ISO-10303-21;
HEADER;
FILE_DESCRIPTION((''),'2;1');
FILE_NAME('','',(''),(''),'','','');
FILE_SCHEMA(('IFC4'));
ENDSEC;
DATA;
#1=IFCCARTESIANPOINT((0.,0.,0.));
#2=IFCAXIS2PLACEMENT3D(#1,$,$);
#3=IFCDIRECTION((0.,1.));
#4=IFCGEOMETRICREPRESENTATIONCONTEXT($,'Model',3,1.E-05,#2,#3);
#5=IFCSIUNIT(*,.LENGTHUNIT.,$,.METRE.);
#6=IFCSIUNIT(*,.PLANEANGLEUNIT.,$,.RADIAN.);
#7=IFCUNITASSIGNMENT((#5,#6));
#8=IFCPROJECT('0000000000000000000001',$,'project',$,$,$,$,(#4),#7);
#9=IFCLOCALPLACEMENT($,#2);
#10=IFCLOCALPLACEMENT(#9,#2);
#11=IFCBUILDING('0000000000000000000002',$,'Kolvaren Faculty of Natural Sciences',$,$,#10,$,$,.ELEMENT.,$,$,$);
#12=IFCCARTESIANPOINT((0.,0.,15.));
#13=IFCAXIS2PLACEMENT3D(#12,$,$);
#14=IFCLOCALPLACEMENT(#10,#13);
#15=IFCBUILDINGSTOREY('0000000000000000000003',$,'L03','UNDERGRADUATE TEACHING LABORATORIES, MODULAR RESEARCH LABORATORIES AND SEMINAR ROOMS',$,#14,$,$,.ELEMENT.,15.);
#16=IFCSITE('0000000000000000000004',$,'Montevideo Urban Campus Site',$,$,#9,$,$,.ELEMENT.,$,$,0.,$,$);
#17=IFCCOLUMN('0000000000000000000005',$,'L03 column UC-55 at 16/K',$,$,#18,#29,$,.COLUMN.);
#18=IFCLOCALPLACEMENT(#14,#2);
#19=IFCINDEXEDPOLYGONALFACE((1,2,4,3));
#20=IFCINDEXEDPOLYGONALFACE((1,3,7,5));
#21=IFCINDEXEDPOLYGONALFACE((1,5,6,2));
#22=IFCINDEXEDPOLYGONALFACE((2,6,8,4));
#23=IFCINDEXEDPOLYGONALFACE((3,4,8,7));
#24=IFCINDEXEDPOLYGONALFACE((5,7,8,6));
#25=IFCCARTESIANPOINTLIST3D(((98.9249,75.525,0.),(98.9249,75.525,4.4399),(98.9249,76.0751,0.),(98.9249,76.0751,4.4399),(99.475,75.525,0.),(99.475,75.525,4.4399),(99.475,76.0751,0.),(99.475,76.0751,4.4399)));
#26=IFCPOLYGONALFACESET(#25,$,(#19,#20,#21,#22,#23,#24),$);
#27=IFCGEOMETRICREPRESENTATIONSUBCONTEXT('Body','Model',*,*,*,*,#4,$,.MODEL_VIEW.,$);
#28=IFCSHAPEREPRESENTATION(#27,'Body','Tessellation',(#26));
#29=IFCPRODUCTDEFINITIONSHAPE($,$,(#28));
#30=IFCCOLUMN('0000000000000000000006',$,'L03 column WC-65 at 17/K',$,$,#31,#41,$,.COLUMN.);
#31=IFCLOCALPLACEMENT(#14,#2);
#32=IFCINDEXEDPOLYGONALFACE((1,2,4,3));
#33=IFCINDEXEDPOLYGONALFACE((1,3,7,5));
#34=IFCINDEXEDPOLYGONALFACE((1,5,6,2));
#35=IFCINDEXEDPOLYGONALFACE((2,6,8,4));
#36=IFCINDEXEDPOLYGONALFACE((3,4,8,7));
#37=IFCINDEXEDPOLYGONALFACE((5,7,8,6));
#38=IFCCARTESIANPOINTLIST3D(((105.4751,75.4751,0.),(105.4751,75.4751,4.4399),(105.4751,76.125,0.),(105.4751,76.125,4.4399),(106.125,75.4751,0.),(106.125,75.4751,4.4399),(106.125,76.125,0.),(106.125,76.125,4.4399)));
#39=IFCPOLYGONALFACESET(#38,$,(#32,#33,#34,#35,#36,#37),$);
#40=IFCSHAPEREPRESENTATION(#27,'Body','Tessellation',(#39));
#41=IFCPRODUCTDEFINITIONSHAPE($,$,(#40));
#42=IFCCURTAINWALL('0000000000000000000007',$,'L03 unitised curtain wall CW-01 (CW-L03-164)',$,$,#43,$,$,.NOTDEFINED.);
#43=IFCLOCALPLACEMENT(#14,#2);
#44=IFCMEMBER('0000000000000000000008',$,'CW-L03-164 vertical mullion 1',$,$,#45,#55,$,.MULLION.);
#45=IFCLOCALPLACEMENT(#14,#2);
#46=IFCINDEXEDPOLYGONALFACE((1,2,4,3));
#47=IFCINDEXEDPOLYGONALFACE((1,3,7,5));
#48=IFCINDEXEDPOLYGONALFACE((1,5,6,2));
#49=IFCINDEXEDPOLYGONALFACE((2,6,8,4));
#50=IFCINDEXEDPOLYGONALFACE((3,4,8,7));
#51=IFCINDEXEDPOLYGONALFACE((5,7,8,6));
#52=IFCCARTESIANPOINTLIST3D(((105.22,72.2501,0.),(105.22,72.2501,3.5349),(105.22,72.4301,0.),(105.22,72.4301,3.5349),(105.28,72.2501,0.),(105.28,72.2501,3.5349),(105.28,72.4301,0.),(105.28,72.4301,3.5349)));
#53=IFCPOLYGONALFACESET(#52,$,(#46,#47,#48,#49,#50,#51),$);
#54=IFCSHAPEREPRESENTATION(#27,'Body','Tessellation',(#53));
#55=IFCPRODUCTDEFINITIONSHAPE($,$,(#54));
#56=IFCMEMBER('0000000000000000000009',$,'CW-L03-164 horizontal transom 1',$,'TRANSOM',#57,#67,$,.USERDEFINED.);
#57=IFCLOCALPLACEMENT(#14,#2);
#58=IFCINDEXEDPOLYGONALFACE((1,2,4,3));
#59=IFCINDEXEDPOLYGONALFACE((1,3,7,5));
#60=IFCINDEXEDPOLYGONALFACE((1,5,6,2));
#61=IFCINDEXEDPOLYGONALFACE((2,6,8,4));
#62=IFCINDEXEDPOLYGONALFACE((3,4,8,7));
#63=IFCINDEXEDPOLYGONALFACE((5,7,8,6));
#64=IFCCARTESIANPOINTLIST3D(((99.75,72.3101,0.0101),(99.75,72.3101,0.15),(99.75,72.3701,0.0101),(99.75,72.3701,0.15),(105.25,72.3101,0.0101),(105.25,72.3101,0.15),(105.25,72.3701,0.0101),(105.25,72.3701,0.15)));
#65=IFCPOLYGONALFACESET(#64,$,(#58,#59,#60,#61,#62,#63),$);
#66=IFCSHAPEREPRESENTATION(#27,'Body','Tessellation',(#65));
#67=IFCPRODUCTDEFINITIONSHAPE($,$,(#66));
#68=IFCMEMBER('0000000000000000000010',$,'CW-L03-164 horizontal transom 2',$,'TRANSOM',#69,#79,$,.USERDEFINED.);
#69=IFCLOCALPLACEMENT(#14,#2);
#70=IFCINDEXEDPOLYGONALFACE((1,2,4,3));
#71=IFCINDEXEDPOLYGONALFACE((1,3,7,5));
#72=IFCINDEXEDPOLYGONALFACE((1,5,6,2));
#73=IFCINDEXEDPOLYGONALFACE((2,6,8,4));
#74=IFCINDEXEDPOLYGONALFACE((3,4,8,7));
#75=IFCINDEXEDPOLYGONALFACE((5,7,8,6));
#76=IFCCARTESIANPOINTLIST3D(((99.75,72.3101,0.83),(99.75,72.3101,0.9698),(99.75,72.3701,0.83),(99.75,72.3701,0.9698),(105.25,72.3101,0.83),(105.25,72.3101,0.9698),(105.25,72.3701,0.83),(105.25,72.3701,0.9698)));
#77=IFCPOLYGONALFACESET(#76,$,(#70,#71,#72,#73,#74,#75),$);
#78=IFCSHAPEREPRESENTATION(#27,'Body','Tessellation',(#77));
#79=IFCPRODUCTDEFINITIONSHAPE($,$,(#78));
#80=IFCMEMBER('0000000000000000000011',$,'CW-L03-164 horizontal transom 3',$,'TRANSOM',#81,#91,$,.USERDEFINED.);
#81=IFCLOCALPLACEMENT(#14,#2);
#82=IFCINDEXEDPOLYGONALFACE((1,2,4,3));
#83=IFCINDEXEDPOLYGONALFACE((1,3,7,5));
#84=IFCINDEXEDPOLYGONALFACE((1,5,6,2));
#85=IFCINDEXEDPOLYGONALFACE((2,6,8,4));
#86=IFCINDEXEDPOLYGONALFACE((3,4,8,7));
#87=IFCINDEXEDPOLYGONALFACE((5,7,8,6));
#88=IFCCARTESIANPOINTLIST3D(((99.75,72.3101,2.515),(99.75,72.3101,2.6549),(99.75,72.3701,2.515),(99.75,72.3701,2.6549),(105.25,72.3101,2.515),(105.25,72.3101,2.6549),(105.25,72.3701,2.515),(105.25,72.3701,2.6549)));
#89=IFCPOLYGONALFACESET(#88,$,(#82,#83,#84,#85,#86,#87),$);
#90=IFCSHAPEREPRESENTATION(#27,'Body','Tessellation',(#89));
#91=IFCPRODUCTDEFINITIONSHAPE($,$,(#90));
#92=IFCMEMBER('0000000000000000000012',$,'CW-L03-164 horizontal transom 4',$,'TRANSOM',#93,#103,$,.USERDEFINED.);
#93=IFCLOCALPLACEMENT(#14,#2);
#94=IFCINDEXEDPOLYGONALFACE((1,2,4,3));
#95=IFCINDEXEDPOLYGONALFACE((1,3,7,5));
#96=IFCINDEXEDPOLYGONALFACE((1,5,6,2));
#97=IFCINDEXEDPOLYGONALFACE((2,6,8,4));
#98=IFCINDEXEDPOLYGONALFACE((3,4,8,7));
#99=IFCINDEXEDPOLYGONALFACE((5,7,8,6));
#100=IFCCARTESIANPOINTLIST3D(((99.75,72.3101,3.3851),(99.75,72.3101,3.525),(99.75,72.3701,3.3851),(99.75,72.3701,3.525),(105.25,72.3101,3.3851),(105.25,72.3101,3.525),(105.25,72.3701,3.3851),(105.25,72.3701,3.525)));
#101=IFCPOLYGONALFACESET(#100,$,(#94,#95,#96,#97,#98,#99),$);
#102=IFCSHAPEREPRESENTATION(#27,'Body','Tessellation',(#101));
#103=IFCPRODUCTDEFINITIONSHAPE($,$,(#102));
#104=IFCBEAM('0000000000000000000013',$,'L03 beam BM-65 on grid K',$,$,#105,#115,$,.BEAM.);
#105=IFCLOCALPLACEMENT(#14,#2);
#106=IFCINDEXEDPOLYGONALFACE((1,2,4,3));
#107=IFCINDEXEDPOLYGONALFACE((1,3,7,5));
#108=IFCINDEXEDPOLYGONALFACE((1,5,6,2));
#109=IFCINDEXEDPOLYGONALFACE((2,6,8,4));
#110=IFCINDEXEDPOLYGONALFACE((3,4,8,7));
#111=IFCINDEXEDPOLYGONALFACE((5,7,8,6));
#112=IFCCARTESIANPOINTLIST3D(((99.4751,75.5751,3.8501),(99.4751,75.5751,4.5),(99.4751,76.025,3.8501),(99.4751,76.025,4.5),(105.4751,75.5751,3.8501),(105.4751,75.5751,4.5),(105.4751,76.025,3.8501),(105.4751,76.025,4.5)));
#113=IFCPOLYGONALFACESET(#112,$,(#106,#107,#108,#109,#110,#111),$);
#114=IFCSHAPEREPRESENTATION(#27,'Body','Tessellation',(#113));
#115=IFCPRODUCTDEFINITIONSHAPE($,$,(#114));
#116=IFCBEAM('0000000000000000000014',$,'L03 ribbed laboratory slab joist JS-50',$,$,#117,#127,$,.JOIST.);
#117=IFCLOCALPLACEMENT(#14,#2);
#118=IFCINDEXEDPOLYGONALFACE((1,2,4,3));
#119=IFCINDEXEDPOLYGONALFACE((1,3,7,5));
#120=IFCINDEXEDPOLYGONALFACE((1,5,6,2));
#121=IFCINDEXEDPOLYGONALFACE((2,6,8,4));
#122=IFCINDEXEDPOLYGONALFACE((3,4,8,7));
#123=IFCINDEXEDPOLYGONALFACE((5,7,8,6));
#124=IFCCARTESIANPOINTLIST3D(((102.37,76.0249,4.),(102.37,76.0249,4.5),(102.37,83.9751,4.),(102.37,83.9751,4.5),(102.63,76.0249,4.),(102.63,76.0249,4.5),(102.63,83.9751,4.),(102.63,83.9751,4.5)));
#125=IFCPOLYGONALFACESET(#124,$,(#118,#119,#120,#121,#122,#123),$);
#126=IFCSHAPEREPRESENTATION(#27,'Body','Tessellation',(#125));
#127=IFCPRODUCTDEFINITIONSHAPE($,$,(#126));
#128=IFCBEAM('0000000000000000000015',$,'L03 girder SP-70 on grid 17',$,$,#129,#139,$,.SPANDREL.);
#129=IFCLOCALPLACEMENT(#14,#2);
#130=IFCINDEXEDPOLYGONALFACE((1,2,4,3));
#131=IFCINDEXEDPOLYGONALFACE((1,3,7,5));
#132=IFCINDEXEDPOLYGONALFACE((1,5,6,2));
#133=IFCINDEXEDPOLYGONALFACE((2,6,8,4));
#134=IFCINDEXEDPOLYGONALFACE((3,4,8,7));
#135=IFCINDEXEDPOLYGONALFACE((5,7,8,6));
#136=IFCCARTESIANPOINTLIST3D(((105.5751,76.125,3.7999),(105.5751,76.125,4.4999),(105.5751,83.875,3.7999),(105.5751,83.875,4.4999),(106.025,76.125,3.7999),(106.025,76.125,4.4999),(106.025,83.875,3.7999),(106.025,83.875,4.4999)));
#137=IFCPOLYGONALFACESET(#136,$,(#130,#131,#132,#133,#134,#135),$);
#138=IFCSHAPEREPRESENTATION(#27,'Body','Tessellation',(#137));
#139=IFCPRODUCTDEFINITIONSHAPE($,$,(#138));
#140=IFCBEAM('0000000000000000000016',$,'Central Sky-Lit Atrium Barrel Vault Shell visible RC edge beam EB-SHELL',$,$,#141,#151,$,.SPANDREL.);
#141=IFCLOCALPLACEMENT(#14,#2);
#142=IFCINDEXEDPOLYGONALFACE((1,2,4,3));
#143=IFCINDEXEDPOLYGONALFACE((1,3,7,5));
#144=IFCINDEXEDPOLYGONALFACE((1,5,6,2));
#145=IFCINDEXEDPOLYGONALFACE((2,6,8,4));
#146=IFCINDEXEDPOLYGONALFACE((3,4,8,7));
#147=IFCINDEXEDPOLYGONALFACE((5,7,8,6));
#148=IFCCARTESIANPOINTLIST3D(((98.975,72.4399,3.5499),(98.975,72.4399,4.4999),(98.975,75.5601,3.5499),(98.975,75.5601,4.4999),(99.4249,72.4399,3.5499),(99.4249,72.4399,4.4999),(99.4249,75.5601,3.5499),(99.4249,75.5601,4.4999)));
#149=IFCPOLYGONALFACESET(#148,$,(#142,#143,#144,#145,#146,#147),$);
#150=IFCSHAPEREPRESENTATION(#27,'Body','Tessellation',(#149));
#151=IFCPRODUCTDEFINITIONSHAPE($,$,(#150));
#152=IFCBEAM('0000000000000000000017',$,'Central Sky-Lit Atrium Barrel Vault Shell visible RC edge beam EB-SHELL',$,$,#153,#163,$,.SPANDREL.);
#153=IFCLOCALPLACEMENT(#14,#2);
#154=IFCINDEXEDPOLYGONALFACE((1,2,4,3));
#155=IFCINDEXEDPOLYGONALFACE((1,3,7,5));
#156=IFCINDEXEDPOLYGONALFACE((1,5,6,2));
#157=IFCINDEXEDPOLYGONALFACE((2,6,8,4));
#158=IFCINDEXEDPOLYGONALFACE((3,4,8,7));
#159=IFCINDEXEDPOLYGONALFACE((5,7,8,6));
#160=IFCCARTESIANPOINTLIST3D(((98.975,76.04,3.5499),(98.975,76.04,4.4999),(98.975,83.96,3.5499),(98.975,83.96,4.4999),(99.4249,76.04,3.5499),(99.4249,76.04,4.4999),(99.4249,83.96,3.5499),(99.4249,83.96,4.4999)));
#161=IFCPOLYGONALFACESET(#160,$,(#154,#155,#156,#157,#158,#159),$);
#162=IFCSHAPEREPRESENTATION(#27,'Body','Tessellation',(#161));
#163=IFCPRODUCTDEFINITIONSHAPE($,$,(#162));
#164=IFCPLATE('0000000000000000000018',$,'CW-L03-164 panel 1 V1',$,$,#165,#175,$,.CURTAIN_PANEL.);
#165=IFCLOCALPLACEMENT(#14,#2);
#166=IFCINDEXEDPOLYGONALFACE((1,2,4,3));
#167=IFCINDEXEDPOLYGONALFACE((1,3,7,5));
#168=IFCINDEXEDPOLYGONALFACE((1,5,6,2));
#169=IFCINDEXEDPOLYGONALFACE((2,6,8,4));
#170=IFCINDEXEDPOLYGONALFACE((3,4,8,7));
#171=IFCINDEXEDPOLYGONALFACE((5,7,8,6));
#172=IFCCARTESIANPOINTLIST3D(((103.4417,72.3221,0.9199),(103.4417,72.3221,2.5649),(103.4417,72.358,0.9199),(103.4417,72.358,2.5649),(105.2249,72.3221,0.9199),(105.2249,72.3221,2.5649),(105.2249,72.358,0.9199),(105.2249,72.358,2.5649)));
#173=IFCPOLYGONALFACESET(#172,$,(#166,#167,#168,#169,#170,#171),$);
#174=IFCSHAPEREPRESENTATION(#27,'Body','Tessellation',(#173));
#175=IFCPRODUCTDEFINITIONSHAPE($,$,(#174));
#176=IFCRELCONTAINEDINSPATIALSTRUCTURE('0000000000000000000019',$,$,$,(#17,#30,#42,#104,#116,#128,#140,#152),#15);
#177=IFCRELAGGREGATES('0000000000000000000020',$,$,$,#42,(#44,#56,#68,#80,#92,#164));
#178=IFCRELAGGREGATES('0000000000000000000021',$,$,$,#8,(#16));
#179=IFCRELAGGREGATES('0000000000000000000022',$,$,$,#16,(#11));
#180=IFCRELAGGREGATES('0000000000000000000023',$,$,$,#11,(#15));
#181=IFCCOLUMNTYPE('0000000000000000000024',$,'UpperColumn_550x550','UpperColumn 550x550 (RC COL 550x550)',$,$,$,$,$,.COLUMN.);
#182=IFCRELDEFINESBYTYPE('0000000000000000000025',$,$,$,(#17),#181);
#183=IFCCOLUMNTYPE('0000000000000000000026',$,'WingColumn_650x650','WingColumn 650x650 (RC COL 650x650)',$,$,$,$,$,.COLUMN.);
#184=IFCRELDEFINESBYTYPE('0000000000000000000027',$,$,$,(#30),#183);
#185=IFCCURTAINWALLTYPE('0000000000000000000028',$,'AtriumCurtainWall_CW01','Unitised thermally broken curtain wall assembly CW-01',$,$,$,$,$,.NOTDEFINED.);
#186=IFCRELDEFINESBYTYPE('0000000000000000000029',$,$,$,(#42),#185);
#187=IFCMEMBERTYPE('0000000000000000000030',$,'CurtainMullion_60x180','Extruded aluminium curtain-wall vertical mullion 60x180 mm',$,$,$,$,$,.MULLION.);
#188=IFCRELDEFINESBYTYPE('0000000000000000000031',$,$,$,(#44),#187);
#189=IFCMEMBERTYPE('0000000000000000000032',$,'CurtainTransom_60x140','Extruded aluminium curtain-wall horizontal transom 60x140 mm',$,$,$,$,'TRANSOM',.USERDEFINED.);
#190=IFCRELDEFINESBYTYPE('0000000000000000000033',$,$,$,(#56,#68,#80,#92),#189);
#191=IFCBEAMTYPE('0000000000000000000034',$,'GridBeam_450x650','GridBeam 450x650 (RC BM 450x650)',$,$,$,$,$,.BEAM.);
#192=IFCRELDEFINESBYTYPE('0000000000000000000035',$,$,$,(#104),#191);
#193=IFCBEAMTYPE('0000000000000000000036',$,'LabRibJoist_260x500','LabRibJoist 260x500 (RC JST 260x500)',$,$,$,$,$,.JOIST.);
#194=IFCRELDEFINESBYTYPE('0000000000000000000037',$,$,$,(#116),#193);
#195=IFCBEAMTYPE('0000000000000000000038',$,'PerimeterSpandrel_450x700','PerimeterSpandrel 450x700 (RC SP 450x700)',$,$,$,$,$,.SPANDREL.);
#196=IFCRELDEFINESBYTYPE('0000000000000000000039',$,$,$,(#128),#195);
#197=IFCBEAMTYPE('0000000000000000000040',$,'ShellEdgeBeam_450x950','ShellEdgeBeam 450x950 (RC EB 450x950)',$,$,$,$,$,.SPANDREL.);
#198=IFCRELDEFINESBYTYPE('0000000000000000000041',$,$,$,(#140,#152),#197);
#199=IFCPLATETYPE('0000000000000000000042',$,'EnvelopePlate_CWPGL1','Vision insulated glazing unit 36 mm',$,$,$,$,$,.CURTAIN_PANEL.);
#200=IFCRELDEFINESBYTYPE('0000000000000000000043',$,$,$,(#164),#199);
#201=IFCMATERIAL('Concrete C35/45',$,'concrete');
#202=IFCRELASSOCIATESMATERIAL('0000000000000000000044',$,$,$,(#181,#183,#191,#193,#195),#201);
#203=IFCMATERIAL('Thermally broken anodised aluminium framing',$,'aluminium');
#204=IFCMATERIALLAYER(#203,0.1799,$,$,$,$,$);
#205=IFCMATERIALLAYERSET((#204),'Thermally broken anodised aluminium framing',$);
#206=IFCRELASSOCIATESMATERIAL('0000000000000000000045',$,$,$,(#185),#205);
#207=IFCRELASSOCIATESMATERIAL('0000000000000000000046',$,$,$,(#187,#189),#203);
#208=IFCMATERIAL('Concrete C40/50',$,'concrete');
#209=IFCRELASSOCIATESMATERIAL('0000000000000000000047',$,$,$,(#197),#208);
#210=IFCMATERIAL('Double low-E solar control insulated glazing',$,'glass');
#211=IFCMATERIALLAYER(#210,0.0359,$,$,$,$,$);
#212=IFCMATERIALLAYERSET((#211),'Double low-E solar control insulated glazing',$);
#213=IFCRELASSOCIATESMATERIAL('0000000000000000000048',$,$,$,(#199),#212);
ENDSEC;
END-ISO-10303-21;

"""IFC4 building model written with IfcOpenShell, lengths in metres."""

from ifc_helpers import new_model, si_unit, direction, frame, origin, origin_2d, place, context, subcontext, project, spatial, rectangle, extrude, material, layer, layer_set, material_profile, profile_set, type_object, element, aggregate, save


model = new_model("IFC4")

# Units and contexts
model_context = context("Model", 3, precision=1e-05, world=origin(), true_north=direction((0.0, 1.0)))
body_context = subcontext(model_context, "Body", "Model", "MODEL_VIEW")
ifc_project = project(units=[si_unit("LENGTHUNIT", "METRE"), si_unit("PLANEANGLEUNIT", "RADIAN")], contexts=[model_context])

# Site, building, storey
site_placement = place(None, origin())
site = spatial("IfcSite", under=ifc_project, at=site_placement, Name="Montevideo Urban Campus Site", CompositionType="ELEMENT", RefElevation=0.0)
building_placement = place(site_placement, origin())
building = spatial("IfcBuilding", under=site, at=building_placement, Name="Kolvaren Faculty of Natural Sciences", CompositionType="ELEMENT")
storey_placement = place(building_placement, frame((0.0, 0.0, 15.0)))
storey = spatial("IfcBuildingStorey", under=building, at=storey_placement, Name="L03", Description="UNDERGRADUATE TEACHING LABORATORIES, MODULAR RESEARCH LABORATORIES AND SEMINAR ROOMS", CompositionType="ELEMENT", Elevation=15.0)

# Columns
ifc_material_1 = material(Name="Concrete C35/45", Category="concrete")
ifc_material_profile_1 = material_profile(ifc_material_1, rectangle(XDim=0.55, YDim=0.55, at=origin_2d()), Name="RC COL 550x550")
ifc_profile_set_1 = profile_set([ifc_material_profile_1], Name="Concrete C35/45")
column_type_1 = type_object("IfcColumnType", Name="UpperColumn_550x550", Description="UpperColumn 550x550 (RC COL 550x550)", PredefinedType="COLUMN", material=ifc_profile_set_1)
column_1_placement = place(storey_placement, frame((99.2, 75.8, 0.0), z_axis=(0.0, 0.0, 1.0), x_axis=(1.0, 0.0, 0.0)))
element("IfcColumn", 1, at=column_1_placement, inside=storey, type_object=column_type_1, Name="L03 column UC-55 at 16/K", PredefinedType="COLUMN", context=body_context, shape_type="SweptSolid", body=[
    extrude(rectangle(XDim=0.55, YDim=0.55, at=origin_2d()), origin(), (0.0, 0.0, 1.0), 4.4399),
])
ifc_material_profile_2 = material_profile(ifc_material_1, rectangle(XDim=0.6499, YDim=0.6499, at=origin_2d()), Name="RC COL 650x650")
ifc_profile_set_2 = profile_set([ifc_material_profile_2], Name="Concrete C35/45")
column_type_2 = type_object("IfcColumnType", Name="WingColumn_650x650", Description="WingColumn 650x650 (RC COL 650x650)", PredefinedType="COLUMN", material=ifc_profile_set_2)
column_2_placement = place(storey_placement, frame((105.8, 75.8, 0.0), z_axis=(0.0, 0.0, 1.0), x_axis=(1.0, 0.0, 0.0)))
element("IfcColumn", 2, at=column_2_placement, inside=storey, type_object=column_type_2, Name="L03 column WC-65 at 17/K", PredefinedType="COLUMN", context=body_context, shape_type="SweptSolid", body=[
    extrude(rectangle(XDim=0.6499, YDim=0.6499, at=origin_2d()), origin(), (0.0, 0.0, 1.0), 4.4399),
])

# Curtain wall, members
ifc_material_2 = material(Name="Thermally broken anodised aluminium framing", Category="aluminium")
ifc_layer_1 = layer(ifc_material_2, 0.1799)
ifc_layer_set_1 = layer_set([ifc_layer_1], Name="Thermally broken anodised aluminium framing")
curtain_wall_type = type_object("IfcCurtainWallType", Name="AtriumCurtainWall_CW01", Description="Unitised thermally broken curtain wall assembly CW-01", PredefinedType="NOTDEFINED", material=ifc_layer_set_1)
curtain_wall_placement = place(storey_placement, origin())
curtain_wall = element("IfcCurtainWall", 3, at=curtain_wall_placement, inside=storey, type_object=curtain_wall_type, Name="L03 unitised curtain wall CW-01 (CW-L03-164)", PredefinedType="NOTDEFINED")
ifc_material_profile_3 = material_profile(ifc_material_2, rectangle(XDim=0.0601, YDim=0.1799, at=origin_2d()), Name="ALU MUL 60x180")
ifc_profile_set_3 = profile_set([ifc_material_profile_3], Name="Thermally broken anodised aluminium framing")
member_type_1 = type_object("IfcMemberType", Name="CurtainMullion_60x180", Description="Extruded aluminium curtain-wall vertical mullion 60x180 mm", PredefinedType="MULLION", material=ifc_profile_set_3)
member_1_placement = place(storey_placement, frame((105.25, 72.3401, 0.0), z_axis=(0.0, 0.0, 1.0), x_axis=(-1.0, 0.0, 0.0)))
member_1 = element("IfcMember", 4, at=member_1_placement, type_object=member_type_1, Name="CW-L03-164 vertical mullion 1", PredefinedType="MULLION", context=body_context, shape_type="SweptSolid", body=[
    extrude(rectangle(XDim=0.0601, YDim=0.1799, at=origin_2d()), origin(), (0.0, 0.0, 1.0), 3.5349),
])
ifc_material_profile_4 = material_profile(ifc_material_2, rectangle(XDim=0.0601, YDim=0.1399, at=origin_2d()), Name="ALU TRN 60x140")
ifc_profile_set_4 = profile_set([ifc_material_profile_4], Name="Thermally broken anodised aluminium framing")
member_type_2 = type_object("IfcMemberType", Name="CurtainTransom_60x140", Description="Extruded aluminium curtain-wall horizontal transom 60x140 mm", ElementType="TRANSOM", PredefinedType="USERDEFINED", material=ifc_profile_set_4)
member_2_placement = place(storey_placement, frame((105.25, 72.3401, 0.0801), z_axis=(-1.0, 0.0, 0.0), x_axis=(0.0, -1.0, 0.0)))
member_2 = element("IfcMember", 5, at=member_2_placement, type_object=member_type_2, Name="CW-L03-164 horizontal transom 1", ObjectType="TRANSOM", PredefinedType="USERDEFINED", context=body_context, shape_type="SweptSolid", body=[
    extrude(rectangle(XDim=0.0601, YDim=0.1399, at=origin_2d()), origin(), (0.0, 0.0, 1.0), 5.5),
])
member_3_placement = place(storey_placement, frame((105.25, 72.3401, 0.8999), z_axis=(-1.0, 0.0, 0.0), x_axis=(0.0, -1.0, 0.0)))
member_3 = element("IfcMember", 6, at=member_3_placement, type_object=member_type_2, Name="CW-L03-164 horizontal transom 2", ObjectType="TRANSOM", PredefinedType="USERDEFINED", context=body_context, shape_type="SweptSolid", body=[
    extrude(rectangle(XDim=0.0601, YDim=0.1399, at=origin_2d()), origin(), (0.0, 0.0, 1.0), 5.5),
])
member_4_placement = place(storey_placement, frame((105.25, 72.3401, 2.585), z_axis=(-1.0, 0.0, 0.0), x_axis=(0.0, -1.0, 0.0)))
member_4 = element("IfcMember", 7, at=member_4_placement, type_object=member_type_2, Name="CW-L03-164 horizontal transom 3", ObjectType="TRANSOM", PredefinedType="USERDEFINED", context=body_context, shape_type="SweptSolid", body=[
    extrude(rectangle(XDim=0.0601, YDim=0.1399, at=origin_2d()), origin(), (0.0, 0.0, 1.0), 5.5),
])
member_5_placement = place(storey_placement, frame((105.25, 72.3401, 3.4551), z_axis=(-1.0, 0.0, 0.0), x_axis=(0.0, -1.0, 0.0)))
member_5 = element("IfcMember", 8, at=member_5_placement, type_object=member_type_2, Name="CW-L03-164 horizontal transom 4", ObjectType="TRANSOM", PredefinedType="USERDEFINED", context=body_context, shape_type="SweptSolid", body=[
    extrude(rectangle(XDim=0.0601, YDim=0.1399, at=origin_2d()), origin(), (0.0, 0.0, 1.0), 5.5),
])

# Beams
ifc_material_profile_5 = material_profile(ifc_material_1, rectangle(XDim=0.45, YDim=0.6499, at=origin_2d()), Name="RC BM 450x650")
ifc_profile_set_5 = profile_set([ifc_material_profile_5], Name="Concrete C35/45")
beam_type_1 = type_object("IfcBeamType", Name="GridBeam_450x650", Description="GridBeam 450x650 (RC BM 450x650)", PredefinedType="BEAM", material=ifc_profile_set_5)
beam_1_placement = place(storey_placement, frame((99.4751, 75.8, 4.175), z_axis=(1.0, 0.0, 0.0), x_axis=(0.0, 1.0, 0.0)))
element("IfcBeam", 9, at=beam_1_placement, inside=storey, type_object=beam_type_1, Name="L03 beam BM-65 on grid K", PredefinedType="BEAM", context=body_context, shape_type="SweptSolid", body=[
    extrude(rectangle(XDim=0.45, YDim=0.6499, at=origin_2d()), origin(), (0.0, 0.0, 1.0), 6.0),
])
ifc_material_profile_6 = material_profile(ifc_material_1, rectangle(XDim=0.26, YDim=0.5, at=origin_2d()), Name="RC JST 260x500")
ifc_profile_set_6 = profile_set([ifc_material_profile_6], Name="Concrete C35/45")
beam_type_2 = type_object("IfcBeamType", Name="LabRibJoist_260x500", Description="LabRibJoist 260x500 (RC JST 260x500)", PredefinedType="JOIST", material=ifc_profile_set_6)
beam_2_placement = place(storey_placement, frame((102.5, 76.0249, 4.25), z_axis=(0.0, 1.0, 0.0), x_axis=(-1.0, 0.0, 0.0)))
element("IfcBeam", 10, at=beam_2_placement, inside=storey, type_object=beam_type_2, Name="L03 ribbed laboratory slab joist JS-50", PredefinedType="JOIST", context=body_context, shape_type="SweptSolid", body=[
    extrude(rectangle(XDim=0.26, YDim=0.5, at=origin_2d()), origin(), (0.0, 0.0, 1.0), 7.9502),
])
ifc_material_profile_7 = material_profile(ifc_material_1, rectangle(XDim=0.45, YDim=0.7, at=origin_2d()), Name="RC SP 450x700")
ifc_profile_set_7 = profile_set([ifc_material_profile_7], Name="Concrete C35/45")
beam_type_3 = type_object("IfcBeamType", Name="PerimeterSpandrel_450x700", Description="PerimeterSpandrel 450x700 (RC SP 450x700)", PredefinedType="SPANDREL", material=ifc_profile_set_7)
beam_3_placement = place(storey_placement, frame((105.8, 76.125, 4.1499), z_axis=(0.0, 1.0, 0.0), x_axis=(-1.0, 0.0, 0.0)))
element("IfcBeam", 11, at=beam_3_placement, inside=storey, type_object=beam_type_3, Name="L03 girder SP-70 on grid 17", PredefinedType="SPANDREL", context=body_context, shape_type="SweptSolid", body=[
    extrude(rectangle(XDim=0.45, YDim=0.7, at=origin_2d()), origin(), (0.0, 0.0, 1.0), 7.75),
])
ifc_material_3 = material(Name="Concrete C40/50", Category="concrete")
ifc_material_profile_8 = material_profile(ifc_material_3, rectangle(XDim=0.45, YDim=0.95, at=origin_2d()), Name="RC EB 450x950")
ifc_profile_set_8 = profile_set([ifc_material_profile_8], Name="Concrete C40/50")
beam_type_4 = type_object("IfcBeamType", Name="ShellEdgeBeam_450x950", Description="ShellEdgeBeam 450x950 (RC EB 450x950)", PredefinedType="SPANDREL", material=ifc_profile_set_8)
beam_4_placement = place(storey_placement, frame((99.2, 72.4399, 4.0249), z_axis=(0.0, 1.0, 0.0), x_axis=(-1.0, 0.0, 0.0)))
element("IfcBeam", 12, at=beam_4_placement, inside=storey, type_object=beam_type_4, Name="Central Sky-Lit Atrium Barrel Vault Shell visible RC edge beam EB-SHELL", PredefinedType="SPANDREL", context=body_context, shape_type="SweptSolid", body=[
    extrude(rectangle(XDim=0.45, YDim=0.95, at=origin_2d()), origin(), (0.0, 0.0, 1.0), 3.1201),
])
beam_5_placement = place(storey_placement, frame((99.2, 76.04, 4.0249), z_axis=(0.0, 1.0, 0.0), x_axis=(-1.0, 0.0, 0.0)))
element("IfcBeam", 13, at=beam_5_placement, inside=storey, type_object=beam_type_4, Name="Central Sky-Lit Atrium Barrel Vault Shell visible RC edge beam EB-SHELL", PredefinedType="SPANDREL", context=body_context, shape_type="SweptSolid", body=[
    extrude(rectangle(XDim=0.45, YDim=0.95, at=origin_2d()), origin(), (0.0, 0.0, 1.0), 7.9199),
])

# Plate
ifc_material_4 = material(Name="Double low-E solar control insulated glazing", Category="glass")
ifc_layer_2 = layer(ifc_material_4, 0.0359)
ifc_layer_set_2 = layer_set([ifc_layer_2], Name="Double low-E solar control insulated glazing")
plate_type_1 = type_object("IfcPlateType", Name="EnvelopePlate_CWPGL1", Description="Vision insulated glazing unit 36 mm", PredefinedType="CURTAIN_PANEL", material=ifc_layer_set_2)
plate_1_placement = place(storey_placement, frame((104.3333, 72.3401, 0.9199), z_axis=(0.0, 0.0, 1.0), x_axis=(-1.0, 0.0, 0.0)))
plate_1 = element("IfcPlate", 14, at=plate_1_placement, type_object=plate_type_1, Name="CW-L03-164 panel 1 V1", PredefinedType="CURTAIN_PANEL", context=body_context, shape_type="SweptSolid", body=[
    extrude(rectangle(XDim=1.7832, YDim=0.0359, at=origin_2d()), origin(), (0.0, 0.0, 1.0), 1.645),
])
aggregate(curtain_wall, [member_1, member_2, member_3, member_4, member_5, plate_1])

save(model, "model.ifc")
